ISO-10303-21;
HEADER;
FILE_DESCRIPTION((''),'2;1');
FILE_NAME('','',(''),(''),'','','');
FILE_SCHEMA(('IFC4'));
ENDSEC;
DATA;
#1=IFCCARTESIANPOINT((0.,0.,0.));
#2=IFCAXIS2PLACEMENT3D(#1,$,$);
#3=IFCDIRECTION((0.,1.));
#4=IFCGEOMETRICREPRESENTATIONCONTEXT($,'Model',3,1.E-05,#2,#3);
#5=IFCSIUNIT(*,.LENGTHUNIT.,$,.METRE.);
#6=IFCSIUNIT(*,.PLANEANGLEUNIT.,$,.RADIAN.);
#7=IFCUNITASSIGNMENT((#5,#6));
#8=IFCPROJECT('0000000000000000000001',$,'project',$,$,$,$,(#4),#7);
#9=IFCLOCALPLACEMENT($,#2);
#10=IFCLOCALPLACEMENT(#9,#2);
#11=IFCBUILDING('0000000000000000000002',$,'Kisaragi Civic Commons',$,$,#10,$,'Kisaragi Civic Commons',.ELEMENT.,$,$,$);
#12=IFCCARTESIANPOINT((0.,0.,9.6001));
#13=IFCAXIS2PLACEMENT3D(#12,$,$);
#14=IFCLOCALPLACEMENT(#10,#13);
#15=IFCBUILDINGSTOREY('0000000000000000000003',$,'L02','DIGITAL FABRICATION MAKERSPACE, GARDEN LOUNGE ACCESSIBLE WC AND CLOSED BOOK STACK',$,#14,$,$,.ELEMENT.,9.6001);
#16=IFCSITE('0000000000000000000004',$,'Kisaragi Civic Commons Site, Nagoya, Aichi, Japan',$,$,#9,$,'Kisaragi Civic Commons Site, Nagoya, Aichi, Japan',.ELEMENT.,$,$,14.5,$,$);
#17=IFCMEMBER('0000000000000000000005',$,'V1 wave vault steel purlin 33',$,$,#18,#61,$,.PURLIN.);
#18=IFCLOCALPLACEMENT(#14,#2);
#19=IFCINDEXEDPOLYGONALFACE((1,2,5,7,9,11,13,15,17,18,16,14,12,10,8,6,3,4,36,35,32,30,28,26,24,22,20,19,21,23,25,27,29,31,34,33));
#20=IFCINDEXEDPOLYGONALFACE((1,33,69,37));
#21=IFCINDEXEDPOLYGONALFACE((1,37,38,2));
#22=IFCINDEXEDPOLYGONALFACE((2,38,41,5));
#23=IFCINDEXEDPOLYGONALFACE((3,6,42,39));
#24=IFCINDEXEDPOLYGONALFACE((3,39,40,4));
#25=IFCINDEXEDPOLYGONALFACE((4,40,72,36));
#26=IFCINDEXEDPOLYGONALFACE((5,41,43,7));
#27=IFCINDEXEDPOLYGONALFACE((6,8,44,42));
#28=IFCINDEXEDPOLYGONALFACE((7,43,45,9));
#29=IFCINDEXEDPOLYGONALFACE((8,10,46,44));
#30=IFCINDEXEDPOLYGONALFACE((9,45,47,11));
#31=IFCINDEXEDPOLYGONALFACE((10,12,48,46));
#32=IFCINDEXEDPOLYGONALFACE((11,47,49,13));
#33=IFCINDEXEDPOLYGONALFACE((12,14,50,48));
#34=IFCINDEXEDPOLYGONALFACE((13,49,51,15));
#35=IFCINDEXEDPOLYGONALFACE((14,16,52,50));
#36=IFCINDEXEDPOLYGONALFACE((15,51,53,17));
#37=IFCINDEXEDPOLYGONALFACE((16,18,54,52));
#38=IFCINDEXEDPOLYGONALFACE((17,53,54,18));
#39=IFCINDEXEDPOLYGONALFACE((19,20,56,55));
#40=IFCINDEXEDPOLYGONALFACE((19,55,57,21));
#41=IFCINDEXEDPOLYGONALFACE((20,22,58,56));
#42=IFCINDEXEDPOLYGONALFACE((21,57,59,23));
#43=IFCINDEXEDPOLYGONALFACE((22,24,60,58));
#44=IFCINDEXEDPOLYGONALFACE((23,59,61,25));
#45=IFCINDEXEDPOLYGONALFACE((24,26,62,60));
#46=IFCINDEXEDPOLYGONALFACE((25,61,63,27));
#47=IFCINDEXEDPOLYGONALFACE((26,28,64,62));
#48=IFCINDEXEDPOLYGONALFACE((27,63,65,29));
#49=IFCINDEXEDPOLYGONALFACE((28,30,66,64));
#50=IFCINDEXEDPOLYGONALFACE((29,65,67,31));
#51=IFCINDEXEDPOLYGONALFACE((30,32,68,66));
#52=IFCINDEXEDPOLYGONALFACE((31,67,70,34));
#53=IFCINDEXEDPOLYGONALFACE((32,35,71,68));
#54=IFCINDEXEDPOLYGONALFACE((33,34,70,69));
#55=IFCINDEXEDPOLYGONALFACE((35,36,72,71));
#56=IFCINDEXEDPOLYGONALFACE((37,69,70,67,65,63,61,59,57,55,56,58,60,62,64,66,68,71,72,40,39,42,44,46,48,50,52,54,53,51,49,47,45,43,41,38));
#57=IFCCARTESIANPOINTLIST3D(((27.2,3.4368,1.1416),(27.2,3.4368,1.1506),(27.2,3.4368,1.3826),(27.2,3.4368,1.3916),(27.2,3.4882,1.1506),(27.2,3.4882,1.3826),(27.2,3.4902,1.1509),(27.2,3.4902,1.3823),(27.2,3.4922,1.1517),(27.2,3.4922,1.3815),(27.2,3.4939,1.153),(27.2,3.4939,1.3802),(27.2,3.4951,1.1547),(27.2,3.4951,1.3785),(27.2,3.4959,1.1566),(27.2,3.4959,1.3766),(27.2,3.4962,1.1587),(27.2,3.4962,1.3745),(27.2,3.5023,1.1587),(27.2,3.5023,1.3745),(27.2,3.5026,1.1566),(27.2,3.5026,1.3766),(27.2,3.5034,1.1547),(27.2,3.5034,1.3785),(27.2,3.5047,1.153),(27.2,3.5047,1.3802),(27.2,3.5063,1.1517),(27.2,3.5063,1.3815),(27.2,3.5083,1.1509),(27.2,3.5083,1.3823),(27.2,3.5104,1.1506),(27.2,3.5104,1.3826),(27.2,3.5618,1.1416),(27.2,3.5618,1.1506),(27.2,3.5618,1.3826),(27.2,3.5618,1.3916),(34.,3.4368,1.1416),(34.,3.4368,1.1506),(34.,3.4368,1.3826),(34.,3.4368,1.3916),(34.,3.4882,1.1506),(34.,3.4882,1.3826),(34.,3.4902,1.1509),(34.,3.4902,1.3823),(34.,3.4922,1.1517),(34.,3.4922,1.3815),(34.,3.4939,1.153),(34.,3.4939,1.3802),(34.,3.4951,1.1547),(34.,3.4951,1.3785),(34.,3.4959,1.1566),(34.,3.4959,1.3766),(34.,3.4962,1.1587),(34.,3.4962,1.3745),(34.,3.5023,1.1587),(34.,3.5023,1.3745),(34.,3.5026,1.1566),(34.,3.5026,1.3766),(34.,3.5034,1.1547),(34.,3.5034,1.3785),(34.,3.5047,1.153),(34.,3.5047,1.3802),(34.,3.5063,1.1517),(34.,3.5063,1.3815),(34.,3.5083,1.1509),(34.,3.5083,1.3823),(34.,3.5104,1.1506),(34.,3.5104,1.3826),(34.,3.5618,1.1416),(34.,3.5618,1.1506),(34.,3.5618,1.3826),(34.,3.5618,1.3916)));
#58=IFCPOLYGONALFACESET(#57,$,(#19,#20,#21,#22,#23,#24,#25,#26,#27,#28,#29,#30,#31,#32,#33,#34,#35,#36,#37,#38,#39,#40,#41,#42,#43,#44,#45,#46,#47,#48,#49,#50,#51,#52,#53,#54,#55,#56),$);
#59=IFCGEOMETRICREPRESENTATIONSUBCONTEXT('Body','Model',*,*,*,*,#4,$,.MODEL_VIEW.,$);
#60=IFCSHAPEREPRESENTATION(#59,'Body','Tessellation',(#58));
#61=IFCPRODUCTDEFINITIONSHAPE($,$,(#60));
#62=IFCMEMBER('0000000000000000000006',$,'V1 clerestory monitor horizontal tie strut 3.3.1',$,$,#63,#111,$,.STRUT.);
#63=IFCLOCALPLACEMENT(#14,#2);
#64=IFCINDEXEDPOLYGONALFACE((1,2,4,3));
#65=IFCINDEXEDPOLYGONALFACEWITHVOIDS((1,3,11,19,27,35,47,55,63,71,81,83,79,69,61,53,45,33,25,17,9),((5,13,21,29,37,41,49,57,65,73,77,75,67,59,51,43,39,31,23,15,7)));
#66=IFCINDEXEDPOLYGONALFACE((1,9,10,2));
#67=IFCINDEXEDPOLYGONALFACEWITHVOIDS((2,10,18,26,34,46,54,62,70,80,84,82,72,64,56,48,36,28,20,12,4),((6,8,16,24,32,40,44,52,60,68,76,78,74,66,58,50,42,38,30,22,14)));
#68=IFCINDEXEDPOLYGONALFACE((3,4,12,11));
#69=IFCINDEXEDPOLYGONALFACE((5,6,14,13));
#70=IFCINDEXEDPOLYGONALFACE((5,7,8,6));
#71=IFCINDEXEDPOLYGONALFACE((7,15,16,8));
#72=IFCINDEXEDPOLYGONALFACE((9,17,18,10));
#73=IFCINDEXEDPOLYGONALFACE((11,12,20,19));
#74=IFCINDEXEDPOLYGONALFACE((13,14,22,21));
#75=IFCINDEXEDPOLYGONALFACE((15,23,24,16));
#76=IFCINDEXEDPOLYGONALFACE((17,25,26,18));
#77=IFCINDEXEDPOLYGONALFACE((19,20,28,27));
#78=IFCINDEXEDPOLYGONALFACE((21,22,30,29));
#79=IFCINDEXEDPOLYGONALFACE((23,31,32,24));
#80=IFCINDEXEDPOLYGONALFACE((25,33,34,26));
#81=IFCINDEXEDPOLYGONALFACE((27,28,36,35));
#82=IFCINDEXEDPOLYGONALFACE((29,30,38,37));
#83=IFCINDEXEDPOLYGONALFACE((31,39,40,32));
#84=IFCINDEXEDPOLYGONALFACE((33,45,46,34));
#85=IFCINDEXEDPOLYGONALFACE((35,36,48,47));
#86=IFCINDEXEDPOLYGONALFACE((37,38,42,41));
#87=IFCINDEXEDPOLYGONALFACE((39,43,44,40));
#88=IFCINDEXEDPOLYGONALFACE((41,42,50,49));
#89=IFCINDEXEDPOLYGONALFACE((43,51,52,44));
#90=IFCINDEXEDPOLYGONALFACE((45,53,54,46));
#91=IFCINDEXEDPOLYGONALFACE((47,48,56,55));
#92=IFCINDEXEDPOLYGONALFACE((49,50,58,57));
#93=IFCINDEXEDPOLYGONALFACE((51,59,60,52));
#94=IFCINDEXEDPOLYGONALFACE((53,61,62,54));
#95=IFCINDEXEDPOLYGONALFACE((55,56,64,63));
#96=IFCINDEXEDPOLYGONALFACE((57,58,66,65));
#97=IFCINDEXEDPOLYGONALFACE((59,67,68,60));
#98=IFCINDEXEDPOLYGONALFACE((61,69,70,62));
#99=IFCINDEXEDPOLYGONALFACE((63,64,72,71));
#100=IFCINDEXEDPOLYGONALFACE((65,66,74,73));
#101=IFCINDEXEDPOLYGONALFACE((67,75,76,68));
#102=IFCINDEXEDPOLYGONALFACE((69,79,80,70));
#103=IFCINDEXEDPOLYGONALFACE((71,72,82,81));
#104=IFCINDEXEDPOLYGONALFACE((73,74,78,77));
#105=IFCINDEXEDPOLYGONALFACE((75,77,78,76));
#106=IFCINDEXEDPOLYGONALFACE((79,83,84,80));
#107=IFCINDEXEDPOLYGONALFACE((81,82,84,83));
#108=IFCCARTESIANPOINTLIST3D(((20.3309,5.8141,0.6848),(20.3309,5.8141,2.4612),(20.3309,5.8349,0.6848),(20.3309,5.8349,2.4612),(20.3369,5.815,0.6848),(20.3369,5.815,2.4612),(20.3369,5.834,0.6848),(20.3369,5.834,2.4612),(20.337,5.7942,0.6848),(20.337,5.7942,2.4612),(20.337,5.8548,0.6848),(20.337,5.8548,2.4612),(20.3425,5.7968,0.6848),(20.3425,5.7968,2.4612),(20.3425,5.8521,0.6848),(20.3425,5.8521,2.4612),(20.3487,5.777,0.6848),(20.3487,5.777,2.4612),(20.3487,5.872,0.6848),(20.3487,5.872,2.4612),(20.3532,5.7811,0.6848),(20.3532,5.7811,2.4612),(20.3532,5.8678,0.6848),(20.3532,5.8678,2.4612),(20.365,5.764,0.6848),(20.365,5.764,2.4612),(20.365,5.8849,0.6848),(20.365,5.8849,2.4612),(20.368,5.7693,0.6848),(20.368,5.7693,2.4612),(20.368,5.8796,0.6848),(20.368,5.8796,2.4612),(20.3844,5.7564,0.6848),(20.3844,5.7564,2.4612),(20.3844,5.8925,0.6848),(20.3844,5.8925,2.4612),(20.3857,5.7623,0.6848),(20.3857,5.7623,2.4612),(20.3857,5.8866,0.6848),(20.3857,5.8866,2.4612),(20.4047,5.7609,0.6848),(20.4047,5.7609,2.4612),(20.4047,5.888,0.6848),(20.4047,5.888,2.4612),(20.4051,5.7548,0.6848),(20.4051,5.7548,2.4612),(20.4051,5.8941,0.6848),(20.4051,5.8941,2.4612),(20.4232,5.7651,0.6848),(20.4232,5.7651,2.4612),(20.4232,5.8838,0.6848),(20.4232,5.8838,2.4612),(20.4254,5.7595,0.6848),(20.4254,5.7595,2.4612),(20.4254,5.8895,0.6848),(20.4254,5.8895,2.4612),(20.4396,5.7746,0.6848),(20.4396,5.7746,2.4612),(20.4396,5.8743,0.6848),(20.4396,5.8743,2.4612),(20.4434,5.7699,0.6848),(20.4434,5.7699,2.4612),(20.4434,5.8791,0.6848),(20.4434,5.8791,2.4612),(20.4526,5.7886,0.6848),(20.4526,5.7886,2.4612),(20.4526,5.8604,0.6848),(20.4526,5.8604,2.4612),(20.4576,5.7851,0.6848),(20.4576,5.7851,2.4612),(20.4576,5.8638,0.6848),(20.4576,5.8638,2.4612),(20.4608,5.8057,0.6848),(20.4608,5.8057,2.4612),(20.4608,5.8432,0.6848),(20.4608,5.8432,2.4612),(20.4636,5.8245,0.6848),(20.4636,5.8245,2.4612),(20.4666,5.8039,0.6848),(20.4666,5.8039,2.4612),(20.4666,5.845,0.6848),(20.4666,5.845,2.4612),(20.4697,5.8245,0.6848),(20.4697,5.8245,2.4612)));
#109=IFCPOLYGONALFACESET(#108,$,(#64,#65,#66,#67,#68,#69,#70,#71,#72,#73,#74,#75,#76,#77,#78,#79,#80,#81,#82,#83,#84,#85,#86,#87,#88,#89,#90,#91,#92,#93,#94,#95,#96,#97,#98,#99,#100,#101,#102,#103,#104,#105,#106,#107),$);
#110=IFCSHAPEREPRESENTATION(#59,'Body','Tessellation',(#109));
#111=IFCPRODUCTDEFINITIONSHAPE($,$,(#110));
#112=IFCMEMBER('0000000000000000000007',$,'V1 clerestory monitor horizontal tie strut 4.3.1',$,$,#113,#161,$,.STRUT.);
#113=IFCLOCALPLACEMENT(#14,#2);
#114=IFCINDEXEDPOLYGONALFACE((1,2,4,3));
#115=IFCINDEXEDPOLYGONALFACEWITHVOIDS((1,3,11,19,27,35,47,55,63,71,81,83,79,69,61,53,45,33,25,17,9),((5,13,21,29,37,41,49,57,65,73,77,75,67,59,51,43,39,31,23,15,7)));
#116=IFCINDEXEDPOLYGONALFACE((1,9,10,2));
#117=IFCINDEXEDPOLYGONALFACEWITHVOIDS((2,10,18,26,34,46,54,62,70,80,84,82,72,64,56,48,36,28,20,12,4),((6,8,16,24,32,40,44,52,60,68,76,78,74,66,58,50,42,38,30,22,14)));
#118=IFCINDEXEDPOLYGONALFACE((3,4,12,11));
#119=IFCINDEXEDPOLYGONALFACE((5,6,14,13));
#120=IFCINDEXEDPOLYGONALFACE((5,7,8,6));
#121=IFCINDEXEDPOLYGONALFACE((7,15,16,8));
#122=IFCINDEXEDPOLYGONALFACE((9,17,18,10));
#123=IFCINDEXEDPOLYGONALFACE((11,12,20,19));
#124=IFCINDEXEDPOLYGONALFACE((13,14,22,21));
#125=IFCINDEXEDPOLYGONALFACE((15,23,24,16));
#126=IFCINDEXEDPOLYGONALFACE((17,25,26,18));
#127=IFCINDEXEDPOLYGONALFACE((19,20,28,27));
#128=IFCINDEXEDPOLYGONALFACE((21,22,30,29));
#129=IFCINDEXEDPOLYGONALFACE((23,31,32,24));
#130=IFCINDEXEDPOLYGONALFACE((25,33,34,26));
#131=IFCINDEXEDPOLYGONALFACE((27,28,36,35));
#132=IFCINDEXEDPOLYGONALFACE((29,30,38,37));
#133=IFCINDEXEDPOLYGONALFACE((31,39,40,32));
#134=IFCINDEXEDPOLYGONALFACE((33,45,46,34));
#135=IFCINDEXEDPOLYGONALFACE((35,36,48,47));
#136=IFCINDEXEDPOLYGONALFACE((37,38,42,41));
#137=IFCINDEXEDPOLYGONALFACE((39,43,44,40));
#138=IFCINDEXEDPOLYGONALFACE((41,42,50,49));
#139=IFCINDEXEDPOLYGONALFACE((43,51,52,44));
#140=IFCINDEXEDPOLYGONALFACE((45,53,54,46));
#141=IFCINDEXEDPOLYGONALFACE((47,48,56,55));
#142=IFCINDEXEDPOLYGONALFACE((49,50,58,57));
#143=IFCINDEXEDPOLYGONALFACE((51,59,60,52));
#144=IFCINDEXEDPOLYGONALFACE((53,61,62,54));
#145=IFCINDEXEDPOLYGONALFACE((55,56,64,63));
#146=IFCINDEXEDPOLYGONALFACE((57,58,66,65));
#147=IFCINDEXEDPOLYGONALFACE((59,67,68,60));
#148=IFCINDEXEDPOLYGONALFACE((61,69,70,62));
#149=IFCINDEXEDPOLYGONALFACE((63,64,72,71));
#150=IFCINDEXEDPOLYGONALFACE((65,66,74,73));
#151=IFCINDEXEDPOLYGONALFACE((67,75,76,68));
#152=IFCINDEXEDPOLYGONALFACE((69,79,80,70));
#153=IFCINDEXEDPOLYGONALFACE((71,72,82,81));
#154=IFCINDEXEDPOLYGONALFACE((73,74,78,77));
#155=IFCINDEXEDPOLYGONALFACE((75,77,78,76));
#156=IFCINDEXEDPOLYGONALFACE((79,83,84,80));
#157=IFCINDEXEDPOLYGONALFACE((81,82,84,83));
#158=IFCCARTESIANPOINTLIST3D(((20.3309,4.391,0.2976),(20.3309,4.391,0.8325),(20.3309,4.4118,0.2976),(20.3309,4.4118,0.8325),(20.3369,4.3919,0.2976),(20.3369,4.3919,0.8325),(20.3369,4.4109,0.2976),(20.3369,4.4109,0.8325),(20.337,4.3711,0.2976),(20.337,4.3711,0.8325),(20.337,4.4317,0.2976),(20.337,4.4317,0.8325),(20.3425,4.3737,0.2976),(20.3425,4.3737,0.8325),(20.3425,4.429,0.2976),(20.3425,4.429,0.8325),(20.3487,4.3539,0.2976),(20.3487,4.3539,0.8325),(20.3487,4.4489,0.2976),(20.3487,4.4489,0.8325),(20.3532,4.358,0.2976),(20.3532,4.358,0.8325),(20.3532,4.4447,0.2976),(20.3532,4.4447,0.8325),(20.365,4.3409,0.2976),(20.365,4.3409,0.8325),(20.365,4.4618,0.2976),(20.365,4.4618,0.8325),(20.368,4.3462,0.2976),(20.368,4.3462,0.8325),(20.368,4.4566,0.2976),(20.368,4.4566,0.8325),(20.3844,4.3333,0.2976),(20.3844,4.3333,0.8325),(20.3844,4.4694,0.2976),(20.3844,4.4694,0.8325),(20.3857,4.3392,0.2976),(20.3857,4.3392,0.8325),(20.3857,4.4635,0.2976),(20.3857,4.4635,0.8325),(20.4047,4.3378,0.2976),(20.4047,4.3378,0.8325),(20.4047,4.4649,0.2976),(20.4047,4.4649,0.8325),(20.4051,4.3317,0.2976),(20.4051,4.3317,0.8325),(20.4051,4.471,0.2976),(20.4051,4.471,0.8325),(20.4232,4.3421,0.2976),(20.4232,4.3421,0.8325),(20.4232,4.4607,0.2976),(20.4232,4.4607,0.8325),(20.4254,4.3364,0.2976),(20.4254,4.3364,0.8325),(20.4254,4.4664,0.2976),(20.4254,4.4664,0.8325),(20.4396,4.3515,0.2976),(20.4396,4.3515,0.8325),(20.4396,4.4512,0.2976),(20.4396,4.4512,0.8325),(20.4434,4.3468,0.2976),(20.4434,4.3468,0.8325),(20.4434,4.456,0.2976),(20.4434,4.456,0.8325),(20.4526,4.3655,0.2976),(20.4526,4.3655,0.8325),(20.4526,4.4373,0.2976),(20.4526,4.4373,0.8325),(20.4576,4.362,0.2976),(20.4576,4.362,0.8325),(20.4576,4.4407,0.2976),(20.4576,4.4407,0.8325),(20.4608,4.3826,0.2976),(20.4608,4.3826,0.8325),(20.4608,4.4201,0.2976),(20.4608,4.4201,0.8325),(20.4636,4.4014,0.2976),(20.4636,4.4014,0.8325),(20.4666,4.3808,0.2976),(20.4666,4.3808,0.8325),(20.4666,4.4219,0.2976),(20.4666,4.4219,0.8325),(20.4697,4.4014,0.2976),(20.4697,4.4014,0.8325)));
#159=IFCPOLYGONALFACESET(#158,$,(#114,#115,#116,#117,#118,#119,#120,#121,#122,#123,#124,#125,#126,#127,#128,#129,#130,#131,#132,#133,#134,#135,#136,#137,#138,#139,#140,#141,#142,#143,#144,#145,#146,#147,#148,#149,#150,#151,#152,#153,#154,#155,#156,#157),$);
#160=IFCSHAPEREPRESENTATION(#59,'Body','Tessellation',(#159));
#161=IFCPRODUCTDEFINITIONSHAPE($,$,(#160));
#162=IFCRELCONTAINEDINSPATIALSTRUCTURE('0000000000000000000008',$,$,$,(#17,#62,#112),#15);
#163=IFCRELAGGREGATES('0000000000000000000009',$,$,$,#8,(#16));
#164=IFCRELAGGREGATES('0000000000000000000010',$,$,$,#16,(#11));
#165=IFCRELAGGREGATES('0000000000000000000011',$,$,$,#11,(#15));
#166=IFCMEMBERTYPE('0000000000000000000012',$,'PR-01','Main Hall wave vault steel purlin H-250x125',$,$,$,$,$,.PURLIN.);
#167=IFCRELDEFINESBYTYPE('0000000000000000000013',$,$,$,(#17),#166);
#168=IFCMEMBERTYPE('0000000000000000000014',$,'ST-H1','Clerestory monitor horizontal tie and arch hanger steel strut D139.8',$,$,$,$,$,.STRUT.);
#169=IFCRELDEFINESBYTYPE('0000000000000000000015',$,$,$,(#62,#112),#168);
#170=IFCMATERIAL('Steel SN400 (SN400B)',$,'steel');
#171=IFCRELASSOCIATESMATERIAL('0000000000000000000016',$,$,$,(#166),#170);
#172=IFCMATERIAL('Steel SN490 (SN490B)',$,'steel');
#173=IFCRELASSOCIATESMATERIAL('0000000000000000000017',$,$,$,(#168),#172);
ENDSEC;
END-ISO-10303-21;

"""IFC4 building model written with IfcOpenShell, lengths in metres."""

from ifc_helpers import new_model, si_unit, direction, frame, origin, origin_2d, place, context, subcontext, project, spatial, hollow_circle, i_section, extrude, material, material_profile, profile_set, type_object, element, save


model = new_model("IFC4")

# Units and contexts
model_context = context("Model", 3, precision=1e-05, world=origin(), true_north=direction((0.0, 1.0)))
body_context = subcontext(model_context, "Body", "Model", "MODEL_VIEW")
ifc_project = project(units=[si_unit("LENGTHUNIT", "METRE"), si_unit("PLANEANGLEUNIT", "RADIAN")], contexts=[model_context])

# Site, building, storey
site_placement = place(None, origin())
site = spatial("IfcSite", under=ifc_project, at=site_placement, Name="Kisaragi Civic Commons Site, Nagoya, Aichi, Japan", LongName="Kisaragi Civic Commons Site, Nagoya, Aichi, Japan", CompositionType="ELEMENT", RefElevation=14.5)
building_placement = place(site_placement, origin())
building = spatial("IfcBuilding", under=site, at=building_placement, Name="Kisaragi Civic Commons", LongName="Kisaragi Civic Commons", CompositionType="ELEMENT")
storey_placement = place(building_placement, frame((0.0, 0.0, 9.6001)))
storey = spatial("IfcBuildingStorey", under=building, at=storey_placement, Name="L02", Description="DIGITAL FABRICATION MAKERSPACE, GARDEN LOUNGE ACCESSIBLE WC AND CLOSED BOOK STACK", CompositionType="ELEMENT", Elevation=9.6001)

# Members
ifc_material_1 = material(Name="Steel SN400 (SN400B)", Category="steel")
ifc_material_profile_1 = material_profile(ifc_material_1, i_section(OverallWidth=0.125, OverallDepth=0.25, WebThickness=0.0061, FlangeThickness=0.009, FilletRadius=0.0081, at=origin_2d()), Name="H-250x125x6x9", Category="steel")
ifc_profile_set_1 = profile_set([ifc_material_profile_1], Name="Steel SN400 (SN400B)")
member_type_1 = type_object("IfcMemberType", Name="PR-01", Description="Main Hall wave vault steel purlin H-250x125", PredefinedType="PURLIN", material=ifc_profile_set_1)
for number, where, z_axis, x_axis, name in (
    (1, (27.2, 3.4993, 1.2666), (1.0, 0.0, 0.0), (0.0, 1.0, 0.0), "V1 wave vault steel purlin 33"),
):
    element("IfcMember", number, at=place(storey_placement, frame(where, z_axis=z_axis, x_axis=x_axis)), inside=storey, type_object=member_type_1, Name=name, PredefinedType="PURLIN", context=body_context, shape_type="SweptSolid", body=[
        extrude(i_section(OverallWidth=0.125, OverallDepth=0.25, WebThickness=0.0061, FlangeThickness=0.009, FilletRadius=0.0081, at=origin_2d()), origin(), (0.0, 0.0, 1.0), 6.8),
    ])
ifc_material_2 = material(Name="Steel SN490 (SN490B)", Category="steel")
ifc_material_profile_2 = material_profile(ifc_material_2, hollow_circle(Radius=0.0698, WallThickness=0.0061, at=origin_2d()), Name="CHS-139.8x6.0", Category="steel")
ifc_profile_set_2 = profile_set([ifc_material_profile_2], Name="Steel SN490 (SN490B)")
member_type_2 = type_object("IfcMemberType", Name="ST-H1", Description="Clerestory monitor horizontal tie and arch hanger steel strut D139.8", PredefinedType="STRUT", material=ifc_profile_set_2)
member_1_placement = place(storey_placement, frame((20.3999, 5.8245, 0.6848), z_axis=(0.0, 0.0, 1.0), x_axis=(1.0, 0.0, 0.0)))
element("IfcMember", 2, at=member_1_placement, inside=storey, type_object=member_type_2, Name="V1 clerestory monitor horizontal tie strut 3.3.1", PredefinedType="STRUT", context=body_context, shape_type="SweptSolid", body=[
    extrude(hollow_circle(Radius=0.0698, WallThickness=0.0061, at=origin_2d()), origin(), (0.0, 0.0, 1.0), 1.7764),
])
member_2_placement = place(storey_placement, frame((20.3999, 4.4014, 0.2976), z_axis=(0.0, 0.0, 1.0), x_axis=(1.0, 0.0, 0.0)))
element("IfcMember", 3, at=member_2_placement, inside=storey, type_object=member_type_2, Name="V1 clerestory monitor horizontal tie strut 4.3.1", PredefinedType="STRUT", context=body_context, shape_type="SweptSolid", body=[
    extrude(hollow_circle(Radius=0.0698, WallThickness=0.0061, at=origin_2d()), origin(), (0.0, 0.0, 1.0), 0.5349),
])

save(model, "model.ifc")
